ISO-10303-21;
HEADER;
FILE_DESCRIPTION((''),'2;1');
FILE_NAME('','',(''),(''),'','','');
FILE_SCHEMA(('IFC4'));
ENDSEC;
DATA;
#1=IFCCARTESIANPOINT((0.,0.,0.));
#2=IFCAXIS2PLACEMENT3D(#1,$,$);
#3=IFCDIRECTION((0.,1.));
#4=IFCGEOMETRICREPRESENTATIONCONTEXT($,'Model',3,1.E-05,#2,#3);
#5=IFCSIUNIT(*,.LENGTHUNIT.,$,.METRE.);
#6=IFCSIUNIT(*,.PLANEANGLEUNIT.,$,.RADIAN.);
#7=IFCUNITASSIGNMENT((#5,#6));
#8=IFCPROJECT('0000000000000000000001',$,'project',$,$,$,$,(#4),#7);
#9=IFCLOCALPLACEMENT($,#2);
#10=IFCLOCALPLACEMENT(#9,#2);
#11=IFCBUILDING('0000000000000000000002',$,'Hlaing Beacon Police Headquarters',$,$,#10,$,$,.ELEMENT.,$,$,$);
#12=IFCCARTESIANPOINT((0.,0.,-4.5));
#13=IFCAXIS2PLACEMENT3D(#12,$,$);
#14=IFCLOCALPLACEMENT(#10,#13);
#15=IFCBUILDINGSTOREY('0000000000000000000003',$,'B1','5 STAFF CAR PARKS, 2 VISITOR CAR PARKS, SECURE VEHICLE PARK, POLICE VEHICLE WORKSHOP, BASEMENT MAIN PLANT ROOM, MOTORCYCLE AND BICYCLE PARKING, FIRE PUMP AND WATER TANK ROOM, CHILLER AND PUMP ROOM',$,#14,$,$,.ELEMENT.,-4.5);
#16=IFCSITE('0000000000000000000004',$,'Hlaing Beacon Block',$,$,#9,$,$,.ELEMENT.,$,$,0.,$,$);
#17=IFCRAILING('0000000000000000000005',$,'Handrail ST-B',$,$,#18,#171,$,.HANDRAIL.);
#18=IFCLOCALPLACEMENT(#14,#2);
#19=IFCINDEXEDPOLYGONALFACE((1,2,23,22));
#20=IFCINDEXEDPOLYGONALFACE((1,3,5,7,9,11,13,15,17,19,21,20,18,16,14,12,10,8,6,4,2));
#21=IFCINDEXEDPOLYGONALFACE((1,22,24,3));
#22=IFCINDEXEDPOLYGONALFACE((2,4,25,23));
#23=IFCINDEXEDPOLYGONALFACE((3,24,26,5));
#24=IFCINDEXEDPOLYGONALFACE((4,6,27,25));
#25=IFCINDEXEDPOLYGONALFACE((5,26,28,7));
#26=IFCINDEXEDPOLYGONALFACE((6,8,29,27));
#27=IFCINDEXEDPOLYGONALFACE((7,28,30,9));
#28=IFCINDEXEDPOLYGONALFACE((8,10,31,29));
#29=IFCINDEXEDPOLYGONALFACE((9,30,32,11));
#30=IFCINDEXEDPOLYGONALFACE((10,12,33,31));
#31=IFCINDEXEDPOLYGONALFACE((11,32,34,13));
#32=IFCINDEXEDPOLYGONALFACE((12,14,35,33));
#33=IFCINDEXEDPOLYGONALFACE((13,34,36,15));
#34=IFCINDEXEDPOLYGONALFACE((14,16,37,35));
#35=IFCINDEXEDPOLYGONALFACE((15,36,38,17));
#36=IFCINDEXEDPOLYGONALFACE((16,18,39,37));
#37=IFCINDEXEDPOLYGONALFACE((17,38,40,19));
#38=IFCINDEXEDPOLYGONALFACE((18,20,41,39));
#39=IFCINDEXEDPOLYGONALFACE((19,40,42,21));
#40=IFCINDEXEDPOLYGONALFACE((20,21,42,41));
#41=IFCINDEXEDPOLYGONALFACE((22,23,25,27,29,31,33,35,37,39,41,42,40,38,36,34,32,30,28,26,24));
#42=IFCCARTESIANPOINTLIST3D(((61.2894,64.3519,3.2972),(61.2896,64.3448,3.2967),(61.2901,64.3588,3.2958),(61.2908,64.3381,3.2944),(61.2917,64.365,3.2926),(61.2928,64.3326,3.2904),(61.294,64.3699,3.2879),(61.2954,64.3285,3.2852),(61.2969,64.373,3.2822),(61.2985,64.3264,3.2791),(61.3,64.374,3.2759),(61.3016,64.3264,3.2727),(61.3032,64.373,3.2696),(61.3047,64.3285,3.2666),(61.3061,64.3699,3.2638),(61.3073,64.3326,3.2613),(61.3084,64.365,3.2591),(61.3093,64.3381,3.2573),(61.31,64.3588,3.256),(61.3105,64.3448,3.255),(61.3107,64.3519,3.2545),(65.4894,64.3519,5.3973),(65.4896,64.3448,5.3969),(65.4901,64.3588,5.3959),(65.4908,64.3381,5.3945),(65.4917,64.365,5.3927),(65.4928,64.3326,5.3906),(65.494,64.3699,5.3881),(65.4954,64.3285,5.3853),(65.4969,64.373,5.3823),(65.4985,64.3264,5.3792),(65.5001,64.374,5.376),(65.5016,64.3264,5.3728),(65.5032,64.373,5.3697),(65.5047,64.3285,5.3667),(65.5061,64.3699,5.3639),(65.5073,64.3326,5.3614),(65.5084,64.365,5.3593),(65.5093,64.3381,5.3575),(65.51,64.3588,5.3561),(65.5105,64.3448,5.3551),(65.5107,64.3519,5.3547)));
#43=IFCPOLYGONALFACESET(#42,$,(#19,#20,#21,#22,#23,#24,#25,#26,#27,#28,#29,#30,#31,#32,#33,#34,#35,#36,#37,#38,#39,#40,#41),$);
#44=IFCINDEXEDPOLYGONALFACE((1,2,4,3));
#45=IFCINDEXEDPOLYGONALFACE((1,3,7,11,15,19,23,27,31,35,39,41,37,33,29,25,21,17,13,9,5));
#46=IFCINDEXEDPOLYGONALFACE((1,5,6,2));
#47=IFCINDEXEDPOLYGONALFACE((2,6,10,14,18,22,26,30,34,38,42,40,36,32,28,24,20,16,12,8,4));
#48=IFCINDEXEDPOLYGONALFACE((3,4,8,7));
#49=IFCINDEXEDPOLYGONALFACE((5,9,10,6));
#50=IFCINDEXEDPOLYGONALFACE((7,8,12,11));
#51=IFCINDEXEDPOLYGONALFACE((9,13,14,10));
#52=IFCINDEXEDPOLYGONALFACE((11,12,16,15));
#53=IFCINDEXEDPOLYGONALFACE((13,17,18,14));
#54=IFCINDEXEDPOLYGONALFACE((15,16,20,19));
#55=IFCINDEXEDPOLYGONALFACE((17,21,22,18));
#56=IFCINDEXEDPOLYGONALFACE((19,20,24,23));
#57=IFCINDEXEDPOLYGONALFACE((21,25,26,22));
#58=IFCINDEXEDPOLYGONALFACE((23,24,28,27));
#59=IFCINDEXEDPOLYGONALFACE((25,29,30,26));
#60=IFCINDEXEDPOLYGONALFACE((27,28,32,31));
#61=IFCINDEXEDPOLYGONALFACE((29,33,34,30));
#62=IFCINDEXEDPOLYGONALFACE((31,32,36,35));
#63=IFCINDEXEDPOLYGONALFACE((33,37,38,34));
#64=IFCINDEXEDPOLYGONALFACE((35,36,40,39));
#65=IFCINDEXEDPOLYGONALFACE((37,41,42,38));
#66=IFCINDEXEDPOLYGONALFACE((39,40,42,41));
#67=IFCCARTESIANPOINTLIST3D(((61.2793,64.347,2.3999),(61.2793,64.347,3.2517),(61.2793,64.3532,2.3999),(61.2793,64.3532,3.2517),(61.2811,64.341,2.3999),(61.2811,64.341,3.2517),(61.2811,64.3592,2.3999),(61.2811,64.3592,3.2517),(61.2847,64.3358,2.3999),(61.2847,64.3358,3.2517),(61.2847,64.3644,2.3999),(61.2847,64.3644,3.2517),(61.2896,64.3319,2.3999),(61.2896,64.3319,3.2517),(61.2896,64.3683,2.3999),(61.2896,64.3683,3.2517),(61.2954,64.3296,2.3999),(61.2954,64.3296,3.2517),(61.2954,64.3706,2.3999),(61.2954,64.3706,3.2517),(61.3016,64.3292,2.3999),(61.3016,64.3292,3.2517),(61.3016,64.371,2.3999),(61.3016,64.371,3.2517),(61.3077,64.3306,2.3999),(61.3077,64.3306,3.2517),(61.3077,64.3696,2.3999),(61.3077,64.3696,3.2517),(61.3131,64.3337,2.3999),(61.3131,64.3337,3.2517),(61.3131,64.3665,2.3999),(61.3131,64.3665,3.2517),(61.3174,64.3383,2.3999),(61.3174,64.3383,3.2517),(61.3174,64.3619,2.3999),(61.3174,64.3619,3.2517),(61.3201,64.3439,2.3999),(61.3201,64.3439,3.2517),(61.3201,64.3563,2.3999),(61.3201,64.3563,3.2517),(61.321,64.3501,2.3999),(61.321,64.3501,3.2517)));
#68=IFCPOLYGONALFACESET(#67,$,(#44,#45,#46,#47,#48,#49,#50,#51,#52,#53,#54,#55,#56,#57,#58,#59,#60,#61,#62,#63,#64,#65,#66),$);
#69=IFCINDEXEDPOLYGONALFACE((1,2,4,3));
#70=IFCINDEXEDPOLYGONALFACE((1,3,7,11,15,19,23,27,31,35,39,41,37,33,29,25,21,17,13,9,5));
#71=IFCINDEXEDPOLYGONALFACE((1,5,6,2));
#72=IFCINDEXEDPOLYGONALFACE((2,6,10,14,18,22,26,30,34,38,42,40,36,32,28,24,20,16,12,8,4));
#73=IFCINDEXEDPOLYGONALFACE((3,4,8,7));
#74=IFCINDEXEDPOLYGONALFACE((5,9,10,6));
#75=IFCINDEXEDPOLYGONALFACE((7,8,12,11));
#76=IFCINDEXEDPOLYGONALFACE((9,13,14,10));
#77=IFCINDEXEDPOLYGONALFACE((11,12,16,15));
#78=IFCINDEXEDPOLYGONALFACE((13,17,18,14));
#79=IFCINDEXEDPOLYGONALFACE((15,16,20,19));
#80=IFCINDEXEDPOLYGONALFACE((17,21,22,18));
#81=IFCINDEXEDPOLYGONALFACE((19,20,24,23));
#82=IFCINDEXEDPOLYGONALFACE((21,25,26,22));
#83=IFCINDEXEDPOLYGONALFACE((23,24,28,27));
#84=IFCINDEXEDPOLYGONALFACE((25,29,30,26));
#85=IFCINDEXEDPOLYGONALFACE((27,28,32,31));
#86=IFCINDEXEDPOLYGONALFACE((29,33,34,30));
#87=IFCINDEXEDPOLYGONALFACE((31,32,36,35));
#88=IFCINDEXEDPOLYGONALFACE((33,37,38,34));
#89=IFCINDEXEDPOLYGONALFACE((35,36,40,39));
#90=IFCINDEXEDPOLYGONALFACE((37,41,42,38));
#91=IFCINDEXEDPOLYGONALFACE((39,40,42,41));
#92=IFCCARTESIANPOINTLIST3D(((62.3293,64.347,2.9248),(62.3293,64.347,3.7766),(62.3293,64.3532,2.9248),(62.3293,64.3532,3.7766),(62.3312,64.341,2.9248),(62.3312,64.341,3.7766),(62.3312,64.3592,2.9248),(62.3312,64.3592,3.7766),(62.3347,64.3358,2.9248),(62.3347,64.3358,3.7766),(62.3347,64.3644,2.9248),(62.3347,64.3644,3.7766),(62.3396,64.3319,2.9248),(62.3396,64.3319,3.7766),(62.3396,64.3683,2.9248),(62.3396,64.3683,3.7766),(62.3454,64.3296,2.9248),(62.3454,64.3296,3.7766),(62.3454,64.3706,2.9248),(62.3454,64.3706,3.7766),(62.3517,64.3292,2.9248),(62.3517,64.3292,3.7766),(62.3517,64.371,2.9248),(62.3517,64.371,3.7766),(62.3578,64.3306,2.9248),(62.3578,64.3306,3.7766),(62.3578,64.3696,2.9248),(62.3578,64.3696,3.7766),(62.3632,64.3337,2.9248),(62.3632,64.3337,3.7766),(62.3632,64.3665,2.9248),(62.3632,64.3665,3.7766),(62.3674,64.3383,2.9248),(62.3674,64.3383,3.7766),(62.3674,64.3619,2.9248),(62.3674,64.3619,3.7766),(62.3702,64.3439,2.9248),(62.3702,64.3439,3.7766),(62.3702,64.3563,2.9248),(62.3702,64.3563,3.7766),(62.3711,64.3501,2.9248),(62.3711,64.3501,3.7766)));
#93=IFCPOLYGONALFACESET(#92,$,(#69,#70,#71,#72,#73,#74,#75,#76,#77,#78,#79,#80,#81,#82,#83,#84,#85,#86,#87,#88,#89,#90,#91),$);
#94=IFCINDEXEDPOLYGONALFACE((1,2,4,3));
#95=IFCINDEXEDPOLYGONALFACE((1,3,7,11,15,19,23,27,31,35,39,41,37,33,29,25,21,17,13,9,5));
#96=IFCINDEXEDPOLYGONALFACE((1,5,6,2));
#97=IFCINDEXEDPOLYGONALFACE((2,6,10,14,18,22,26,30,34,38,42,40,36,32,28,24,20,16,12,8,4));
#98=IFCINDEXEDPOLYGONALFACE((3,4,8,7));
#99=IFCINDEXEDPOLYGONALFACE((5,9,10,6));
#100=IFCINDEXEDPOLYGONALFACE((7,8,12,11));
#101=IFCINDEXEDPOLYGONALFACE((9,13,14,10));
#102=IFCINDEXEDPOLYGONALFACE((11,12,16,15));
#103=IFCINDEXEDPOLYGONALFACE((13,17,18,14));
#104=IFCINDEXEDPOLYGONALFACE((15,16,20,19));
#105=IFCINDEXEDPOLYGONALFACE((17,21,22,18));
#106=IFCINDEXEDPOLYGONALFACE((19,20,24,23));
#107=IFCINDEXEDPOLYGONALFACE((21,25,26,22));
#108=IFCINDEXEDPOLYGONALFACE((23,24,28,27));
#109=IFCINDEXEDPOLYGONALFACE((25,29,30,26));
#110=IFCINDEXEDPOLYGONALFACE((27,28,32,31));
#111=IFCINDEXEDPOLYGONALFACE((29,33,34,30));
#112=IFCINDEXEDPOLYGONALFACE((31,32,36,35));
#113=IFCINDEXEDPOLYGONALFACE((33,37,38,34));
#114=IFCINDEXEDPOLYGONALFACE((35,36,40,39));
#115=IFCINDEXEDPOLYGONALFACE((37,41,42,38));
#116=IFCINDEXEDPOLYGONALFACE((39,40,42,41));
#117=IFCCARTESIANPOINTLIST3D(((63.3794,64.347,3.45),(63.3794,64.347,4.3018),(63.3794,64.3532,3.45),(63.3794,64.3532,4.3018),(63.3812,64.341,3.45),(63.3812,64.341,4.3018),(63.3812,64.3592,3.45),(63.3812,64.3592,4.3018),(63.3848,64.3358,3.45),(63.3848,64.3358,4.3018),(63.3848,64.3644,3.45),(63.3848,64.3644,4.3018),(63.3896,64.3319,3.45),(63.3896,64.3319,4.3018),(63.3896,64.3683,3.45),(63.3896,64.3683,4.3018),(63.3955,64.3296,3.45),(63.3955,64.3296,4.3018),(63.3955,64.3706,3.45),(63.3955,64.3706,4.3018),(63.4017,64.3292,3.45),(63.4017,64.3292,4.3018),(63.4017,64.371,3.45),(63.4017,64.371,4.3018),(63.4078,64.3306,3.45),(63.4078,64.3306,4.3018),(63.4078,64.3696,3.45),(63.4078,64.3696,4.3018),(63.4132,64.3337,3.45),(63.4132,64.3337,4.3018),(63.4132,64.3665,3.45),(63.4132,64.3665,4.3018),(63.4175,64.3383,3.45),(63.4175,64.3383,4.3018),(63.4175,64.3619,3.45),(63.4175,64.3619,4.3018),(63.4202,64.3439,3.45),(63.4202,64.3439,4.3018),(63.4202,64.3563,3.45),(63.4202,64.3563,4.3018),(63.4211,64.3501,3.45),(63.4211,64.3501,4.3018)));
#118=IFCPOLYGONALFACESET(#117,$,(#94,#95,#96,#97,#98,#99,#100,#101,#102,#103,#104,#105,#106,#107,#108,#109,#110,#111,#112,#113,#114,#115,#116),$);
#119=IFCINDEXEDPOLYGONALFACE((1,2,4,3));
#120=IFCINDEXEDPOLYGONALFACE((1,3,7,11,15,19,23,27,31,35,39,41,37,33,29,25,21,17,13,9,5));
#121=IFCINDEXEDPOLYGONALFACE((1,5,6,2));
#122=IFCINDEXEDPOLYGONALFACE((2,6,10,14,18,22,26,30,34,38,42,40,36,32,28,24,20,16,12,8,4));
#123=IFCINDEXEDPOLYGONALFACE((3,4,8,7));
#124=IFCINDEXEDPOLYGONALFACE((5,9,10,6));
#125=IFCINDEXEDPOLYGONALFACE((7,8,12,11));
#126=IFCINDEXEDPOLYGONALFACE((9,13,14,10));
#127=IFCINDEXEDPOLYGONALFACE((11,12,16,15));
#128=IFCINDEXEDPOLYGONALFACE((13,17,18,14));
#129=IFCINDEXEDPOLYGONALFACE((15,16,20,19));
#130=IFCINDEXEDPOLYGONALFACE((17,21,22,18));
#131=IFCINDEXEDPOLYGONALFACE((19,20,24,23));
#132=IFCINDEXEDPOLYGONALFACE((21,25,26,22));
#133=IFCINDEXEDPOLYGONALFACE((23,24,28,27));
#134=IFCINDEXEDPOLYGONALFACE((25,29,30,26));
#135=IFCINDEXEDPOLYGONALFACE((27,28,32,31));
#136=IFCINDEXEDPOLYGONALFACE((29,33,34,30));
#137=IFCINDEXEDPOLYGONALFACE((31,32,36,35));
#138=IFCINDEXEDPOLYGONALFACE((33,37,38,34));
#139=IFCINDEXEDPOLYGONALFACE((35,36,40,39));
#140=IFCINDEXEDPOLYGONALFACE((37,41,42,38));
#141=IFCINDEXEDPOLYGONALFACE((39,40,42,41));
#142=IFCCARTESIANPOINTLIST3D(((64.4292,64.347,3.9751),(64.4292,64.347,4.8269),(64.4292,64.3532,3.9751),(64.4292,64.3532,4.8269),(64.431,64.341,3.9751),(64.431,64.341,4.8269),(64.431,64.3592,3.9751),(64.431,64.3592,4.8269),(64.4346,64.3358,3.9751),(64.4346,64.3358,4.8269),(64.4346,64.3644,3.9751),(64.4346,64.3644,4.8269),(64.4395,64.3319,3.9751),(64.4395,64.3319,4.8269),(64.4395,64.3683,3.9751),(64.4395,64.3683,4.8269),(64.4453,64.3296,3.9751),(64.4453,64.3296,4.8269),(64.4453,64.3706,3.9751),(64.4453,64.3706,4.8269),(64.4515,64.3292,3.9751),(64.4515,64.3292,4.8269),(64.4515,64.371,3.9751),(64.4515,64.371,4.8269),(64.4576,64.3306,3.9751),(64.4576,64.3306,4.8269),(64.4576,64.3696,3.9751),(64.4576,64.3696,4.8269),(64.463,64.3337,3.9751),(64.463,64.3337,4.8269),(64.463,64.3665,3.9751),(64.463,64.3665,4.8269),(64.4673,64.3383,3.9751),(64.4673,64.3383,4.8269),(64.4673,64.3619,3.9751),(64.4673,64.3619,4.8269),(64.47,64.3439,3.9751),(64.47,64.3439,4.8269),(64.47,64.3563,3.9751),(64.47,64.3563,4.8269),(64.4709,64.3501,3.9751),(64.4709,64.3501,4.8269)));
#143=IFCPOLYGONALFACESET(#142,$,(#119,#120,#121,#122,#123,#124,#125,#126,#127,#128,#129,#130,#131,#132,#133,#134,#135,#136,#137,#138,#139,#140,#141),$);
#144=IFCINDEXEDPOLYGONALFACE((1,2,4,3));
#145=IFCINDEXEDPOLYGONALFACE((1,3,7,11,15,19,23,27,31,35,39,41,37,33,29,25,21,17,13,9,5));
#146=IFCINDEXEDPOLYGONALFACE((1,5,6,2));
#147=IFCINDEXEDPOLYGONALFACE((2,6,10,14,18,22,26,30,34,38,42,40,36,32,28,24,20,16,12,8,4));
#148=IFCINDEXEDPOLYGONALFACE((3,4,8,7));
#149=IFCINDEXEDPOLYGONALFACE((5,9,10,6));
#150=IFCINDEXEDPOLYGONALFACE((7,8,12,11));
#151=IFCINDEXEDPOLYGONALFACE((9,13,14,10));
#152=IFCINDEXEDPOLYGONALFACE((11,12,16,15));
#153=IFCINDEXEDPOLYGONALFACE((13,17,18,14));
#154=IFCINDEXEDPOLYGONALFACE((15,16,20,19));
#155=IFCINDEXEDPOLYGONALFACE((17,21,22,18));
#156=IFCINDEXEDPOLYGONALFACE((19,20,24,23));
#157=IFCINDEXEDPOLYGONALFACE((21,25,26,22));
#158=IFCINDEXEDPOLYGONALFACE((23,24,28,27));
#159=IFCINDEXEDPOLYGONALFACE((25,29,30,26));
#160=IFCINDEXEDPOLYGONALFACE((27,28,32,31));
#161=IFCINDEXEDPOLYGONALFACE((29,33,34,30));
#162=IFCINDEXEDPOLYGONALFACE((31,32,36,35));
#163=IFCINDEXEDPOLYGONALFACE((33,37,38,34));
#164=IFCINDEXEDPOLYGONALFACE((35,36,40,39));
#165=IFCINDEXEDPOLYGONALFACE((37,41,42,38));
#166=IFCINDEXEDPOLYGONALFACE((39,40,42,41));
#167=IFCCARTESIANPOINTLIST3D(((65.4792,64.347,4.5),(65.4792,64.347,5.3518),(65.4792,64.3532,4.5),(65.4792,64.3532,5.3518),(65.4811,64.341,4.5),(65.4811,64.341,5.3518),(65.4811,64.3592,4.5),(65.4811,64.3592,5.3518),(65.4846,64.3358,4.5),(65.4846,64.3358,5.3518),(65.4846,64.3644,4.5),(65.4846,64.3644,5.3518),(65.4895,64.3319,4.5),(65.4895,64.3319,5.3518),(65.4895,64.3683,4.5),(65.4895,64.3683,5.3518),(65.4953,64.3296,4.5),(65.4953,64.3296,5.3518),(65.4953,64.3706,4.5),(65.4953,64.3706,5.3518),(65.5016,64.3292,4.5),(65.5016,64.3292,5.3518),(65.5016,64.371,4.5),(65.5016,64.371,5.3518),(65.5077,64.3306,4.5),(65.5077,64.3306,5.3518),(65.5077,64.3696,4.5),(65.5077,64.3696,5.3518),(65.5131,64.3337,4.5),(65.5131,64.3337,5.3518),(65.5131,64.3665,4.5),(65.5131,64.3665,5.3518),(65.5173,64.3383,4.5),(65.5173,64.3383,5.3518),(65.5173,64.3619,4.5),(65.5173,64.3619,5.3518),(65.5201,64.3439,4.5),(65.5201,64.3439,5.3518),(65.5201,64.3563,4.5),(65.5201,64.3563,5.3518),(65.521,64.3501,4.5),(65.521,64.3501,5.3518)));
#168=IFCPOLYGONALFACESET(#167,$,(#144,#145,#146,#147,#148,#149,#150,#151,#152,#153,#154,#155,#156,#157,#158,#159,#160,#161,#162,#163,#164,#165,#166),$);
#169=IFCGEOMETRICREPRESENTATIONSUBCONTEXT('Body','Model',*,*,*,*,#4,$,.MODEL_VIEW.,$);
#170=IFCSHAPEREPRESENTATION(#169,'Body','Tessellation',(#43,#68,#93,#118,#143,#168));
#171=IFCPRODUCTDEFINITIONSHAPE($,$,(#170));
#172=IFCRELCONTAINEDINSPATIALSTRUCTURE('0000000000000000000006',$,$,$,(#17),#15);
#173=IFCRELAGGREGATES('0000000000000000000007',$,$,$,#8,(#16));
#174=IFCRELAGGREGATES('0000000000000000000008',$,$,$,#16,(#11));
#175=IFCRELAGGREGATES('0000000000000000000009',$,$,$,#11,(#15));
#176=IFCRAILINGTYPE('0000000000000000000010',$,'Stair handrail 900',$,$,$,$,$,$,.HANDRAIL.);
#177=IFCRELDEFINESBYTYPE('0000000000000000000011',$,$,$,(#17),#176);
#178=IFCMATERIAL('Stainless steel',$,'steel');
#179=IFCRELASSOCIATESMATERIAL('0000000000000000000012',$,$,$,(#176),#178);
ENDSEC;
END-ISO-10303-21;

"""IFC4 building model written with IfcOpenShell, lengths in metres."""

from ifc_helpers import new_model, si_unit, direction, frame, origin, origin_2d, place, context, subcontext, project, spatial, circle, extrude, material, type_object, element, save


model = new_model("IFC4")

# Units and contexts
model_context = context("Model", 3, precision=1e-05, world=origin(), true_north=direction((0.0, 1.0)))
body_context = subcontext(model_context, "Body", "Model", "MODEL_VIEW")
ifc_project = project(units=[si_unit("LENGTHUNIT", "METRE"), si_unit("PLANEANGLEUNIT", "RADIAN")], contexts=[model_context])

# Site, building, storey
site_placement = place(None, origin())
site = spatial("IfcSite", under=ifc_project, at=site_placement, Name="Hlaing Beacon Block", CompositionType="ELEMENT", RefElevation=0.0)
building_placement = place(site_placement, origin())
building = spatial("IfcBuilding", under=site, at=building_placement, Name="Hlaing Beacon Police Headquarters", CompositionType="ELEMENT")
storey_placement = place(building_placement, frame((0.0, 0.0, -4.5)))
storey = spatial("IfcBuildingStorey", under=building, at=storey_placement, Name="B1", Description="5 STAFF CAR PARKS, 2 VISITOR CAR PARKS, SECURE VEHICLE PARK, POLICE VEHICLE WORKSHOP, BASEMENT MAIN PLANT ROOM, MOTORCYCLE AND BICYCLE PARKING, FIRE PUMP AND WATER TANK ROOM, CHILLER AND PUMP ROOM", CompositionType="ELEMENT", Elevation=-4.5)

# Railing
ifc_material_1 = material(Name="Stainless steel", Category="steel")
railing_type = type_object("IfcRailingType", Name="Stair handrail 900", PredefinedType="HANDRAIL", material=ifc_material_1)
for number, where, name in (
    (1, (61.3, 64.3501, 2.3999), "Handrail ST-B"),
):
    element("IfcRailing", number, at=place(storey_placement, frame(where)), inside=storey, type_object=railing_type, Name=name, PredefinedType="HANDRAIL", context=body_context, shape_type="SweptSolid", body=[
        extrude(circle(Radius=0.0239, at=origin_2d()), frame((0.0, 0.0, 0.876), z_axis=(0.894417, 0.0, 0.447234), x_axis=(0.0, 1.0, 0.0)), (0.0, 0.0, 1.0), 4.6958),
        extrude(circle(Radius=0.021, at=origin_2d()), origin(), (0.0, 0.0, 1.0), 0.8518),
        extrude(circle(Radius=0.021, at=origin_2d()), frame((1.05, 0.0, 0.5249)), (0.0, 0.0, 1.0), 0.8518),
        extrude(circle(Radius=0.021, at=origin_2d()), frame((2.1001, 0.0, 1.05)), (0.0, 0.0, 1.0), 0.8518),
        extrude(circle(Radius=0.021, at=origin_2d()), frame((3.1499, 0.0, 1.5752)), (0.0, 0.0, 1.0), 0.8518),
        extrude(circle(Radius=0.021, at=origin_2d()), frame((4.2, 0.0, 2.1001)), (0.0, 0.0, 1.0), 0.8518),
    ])

save(model, "model.ifc")
